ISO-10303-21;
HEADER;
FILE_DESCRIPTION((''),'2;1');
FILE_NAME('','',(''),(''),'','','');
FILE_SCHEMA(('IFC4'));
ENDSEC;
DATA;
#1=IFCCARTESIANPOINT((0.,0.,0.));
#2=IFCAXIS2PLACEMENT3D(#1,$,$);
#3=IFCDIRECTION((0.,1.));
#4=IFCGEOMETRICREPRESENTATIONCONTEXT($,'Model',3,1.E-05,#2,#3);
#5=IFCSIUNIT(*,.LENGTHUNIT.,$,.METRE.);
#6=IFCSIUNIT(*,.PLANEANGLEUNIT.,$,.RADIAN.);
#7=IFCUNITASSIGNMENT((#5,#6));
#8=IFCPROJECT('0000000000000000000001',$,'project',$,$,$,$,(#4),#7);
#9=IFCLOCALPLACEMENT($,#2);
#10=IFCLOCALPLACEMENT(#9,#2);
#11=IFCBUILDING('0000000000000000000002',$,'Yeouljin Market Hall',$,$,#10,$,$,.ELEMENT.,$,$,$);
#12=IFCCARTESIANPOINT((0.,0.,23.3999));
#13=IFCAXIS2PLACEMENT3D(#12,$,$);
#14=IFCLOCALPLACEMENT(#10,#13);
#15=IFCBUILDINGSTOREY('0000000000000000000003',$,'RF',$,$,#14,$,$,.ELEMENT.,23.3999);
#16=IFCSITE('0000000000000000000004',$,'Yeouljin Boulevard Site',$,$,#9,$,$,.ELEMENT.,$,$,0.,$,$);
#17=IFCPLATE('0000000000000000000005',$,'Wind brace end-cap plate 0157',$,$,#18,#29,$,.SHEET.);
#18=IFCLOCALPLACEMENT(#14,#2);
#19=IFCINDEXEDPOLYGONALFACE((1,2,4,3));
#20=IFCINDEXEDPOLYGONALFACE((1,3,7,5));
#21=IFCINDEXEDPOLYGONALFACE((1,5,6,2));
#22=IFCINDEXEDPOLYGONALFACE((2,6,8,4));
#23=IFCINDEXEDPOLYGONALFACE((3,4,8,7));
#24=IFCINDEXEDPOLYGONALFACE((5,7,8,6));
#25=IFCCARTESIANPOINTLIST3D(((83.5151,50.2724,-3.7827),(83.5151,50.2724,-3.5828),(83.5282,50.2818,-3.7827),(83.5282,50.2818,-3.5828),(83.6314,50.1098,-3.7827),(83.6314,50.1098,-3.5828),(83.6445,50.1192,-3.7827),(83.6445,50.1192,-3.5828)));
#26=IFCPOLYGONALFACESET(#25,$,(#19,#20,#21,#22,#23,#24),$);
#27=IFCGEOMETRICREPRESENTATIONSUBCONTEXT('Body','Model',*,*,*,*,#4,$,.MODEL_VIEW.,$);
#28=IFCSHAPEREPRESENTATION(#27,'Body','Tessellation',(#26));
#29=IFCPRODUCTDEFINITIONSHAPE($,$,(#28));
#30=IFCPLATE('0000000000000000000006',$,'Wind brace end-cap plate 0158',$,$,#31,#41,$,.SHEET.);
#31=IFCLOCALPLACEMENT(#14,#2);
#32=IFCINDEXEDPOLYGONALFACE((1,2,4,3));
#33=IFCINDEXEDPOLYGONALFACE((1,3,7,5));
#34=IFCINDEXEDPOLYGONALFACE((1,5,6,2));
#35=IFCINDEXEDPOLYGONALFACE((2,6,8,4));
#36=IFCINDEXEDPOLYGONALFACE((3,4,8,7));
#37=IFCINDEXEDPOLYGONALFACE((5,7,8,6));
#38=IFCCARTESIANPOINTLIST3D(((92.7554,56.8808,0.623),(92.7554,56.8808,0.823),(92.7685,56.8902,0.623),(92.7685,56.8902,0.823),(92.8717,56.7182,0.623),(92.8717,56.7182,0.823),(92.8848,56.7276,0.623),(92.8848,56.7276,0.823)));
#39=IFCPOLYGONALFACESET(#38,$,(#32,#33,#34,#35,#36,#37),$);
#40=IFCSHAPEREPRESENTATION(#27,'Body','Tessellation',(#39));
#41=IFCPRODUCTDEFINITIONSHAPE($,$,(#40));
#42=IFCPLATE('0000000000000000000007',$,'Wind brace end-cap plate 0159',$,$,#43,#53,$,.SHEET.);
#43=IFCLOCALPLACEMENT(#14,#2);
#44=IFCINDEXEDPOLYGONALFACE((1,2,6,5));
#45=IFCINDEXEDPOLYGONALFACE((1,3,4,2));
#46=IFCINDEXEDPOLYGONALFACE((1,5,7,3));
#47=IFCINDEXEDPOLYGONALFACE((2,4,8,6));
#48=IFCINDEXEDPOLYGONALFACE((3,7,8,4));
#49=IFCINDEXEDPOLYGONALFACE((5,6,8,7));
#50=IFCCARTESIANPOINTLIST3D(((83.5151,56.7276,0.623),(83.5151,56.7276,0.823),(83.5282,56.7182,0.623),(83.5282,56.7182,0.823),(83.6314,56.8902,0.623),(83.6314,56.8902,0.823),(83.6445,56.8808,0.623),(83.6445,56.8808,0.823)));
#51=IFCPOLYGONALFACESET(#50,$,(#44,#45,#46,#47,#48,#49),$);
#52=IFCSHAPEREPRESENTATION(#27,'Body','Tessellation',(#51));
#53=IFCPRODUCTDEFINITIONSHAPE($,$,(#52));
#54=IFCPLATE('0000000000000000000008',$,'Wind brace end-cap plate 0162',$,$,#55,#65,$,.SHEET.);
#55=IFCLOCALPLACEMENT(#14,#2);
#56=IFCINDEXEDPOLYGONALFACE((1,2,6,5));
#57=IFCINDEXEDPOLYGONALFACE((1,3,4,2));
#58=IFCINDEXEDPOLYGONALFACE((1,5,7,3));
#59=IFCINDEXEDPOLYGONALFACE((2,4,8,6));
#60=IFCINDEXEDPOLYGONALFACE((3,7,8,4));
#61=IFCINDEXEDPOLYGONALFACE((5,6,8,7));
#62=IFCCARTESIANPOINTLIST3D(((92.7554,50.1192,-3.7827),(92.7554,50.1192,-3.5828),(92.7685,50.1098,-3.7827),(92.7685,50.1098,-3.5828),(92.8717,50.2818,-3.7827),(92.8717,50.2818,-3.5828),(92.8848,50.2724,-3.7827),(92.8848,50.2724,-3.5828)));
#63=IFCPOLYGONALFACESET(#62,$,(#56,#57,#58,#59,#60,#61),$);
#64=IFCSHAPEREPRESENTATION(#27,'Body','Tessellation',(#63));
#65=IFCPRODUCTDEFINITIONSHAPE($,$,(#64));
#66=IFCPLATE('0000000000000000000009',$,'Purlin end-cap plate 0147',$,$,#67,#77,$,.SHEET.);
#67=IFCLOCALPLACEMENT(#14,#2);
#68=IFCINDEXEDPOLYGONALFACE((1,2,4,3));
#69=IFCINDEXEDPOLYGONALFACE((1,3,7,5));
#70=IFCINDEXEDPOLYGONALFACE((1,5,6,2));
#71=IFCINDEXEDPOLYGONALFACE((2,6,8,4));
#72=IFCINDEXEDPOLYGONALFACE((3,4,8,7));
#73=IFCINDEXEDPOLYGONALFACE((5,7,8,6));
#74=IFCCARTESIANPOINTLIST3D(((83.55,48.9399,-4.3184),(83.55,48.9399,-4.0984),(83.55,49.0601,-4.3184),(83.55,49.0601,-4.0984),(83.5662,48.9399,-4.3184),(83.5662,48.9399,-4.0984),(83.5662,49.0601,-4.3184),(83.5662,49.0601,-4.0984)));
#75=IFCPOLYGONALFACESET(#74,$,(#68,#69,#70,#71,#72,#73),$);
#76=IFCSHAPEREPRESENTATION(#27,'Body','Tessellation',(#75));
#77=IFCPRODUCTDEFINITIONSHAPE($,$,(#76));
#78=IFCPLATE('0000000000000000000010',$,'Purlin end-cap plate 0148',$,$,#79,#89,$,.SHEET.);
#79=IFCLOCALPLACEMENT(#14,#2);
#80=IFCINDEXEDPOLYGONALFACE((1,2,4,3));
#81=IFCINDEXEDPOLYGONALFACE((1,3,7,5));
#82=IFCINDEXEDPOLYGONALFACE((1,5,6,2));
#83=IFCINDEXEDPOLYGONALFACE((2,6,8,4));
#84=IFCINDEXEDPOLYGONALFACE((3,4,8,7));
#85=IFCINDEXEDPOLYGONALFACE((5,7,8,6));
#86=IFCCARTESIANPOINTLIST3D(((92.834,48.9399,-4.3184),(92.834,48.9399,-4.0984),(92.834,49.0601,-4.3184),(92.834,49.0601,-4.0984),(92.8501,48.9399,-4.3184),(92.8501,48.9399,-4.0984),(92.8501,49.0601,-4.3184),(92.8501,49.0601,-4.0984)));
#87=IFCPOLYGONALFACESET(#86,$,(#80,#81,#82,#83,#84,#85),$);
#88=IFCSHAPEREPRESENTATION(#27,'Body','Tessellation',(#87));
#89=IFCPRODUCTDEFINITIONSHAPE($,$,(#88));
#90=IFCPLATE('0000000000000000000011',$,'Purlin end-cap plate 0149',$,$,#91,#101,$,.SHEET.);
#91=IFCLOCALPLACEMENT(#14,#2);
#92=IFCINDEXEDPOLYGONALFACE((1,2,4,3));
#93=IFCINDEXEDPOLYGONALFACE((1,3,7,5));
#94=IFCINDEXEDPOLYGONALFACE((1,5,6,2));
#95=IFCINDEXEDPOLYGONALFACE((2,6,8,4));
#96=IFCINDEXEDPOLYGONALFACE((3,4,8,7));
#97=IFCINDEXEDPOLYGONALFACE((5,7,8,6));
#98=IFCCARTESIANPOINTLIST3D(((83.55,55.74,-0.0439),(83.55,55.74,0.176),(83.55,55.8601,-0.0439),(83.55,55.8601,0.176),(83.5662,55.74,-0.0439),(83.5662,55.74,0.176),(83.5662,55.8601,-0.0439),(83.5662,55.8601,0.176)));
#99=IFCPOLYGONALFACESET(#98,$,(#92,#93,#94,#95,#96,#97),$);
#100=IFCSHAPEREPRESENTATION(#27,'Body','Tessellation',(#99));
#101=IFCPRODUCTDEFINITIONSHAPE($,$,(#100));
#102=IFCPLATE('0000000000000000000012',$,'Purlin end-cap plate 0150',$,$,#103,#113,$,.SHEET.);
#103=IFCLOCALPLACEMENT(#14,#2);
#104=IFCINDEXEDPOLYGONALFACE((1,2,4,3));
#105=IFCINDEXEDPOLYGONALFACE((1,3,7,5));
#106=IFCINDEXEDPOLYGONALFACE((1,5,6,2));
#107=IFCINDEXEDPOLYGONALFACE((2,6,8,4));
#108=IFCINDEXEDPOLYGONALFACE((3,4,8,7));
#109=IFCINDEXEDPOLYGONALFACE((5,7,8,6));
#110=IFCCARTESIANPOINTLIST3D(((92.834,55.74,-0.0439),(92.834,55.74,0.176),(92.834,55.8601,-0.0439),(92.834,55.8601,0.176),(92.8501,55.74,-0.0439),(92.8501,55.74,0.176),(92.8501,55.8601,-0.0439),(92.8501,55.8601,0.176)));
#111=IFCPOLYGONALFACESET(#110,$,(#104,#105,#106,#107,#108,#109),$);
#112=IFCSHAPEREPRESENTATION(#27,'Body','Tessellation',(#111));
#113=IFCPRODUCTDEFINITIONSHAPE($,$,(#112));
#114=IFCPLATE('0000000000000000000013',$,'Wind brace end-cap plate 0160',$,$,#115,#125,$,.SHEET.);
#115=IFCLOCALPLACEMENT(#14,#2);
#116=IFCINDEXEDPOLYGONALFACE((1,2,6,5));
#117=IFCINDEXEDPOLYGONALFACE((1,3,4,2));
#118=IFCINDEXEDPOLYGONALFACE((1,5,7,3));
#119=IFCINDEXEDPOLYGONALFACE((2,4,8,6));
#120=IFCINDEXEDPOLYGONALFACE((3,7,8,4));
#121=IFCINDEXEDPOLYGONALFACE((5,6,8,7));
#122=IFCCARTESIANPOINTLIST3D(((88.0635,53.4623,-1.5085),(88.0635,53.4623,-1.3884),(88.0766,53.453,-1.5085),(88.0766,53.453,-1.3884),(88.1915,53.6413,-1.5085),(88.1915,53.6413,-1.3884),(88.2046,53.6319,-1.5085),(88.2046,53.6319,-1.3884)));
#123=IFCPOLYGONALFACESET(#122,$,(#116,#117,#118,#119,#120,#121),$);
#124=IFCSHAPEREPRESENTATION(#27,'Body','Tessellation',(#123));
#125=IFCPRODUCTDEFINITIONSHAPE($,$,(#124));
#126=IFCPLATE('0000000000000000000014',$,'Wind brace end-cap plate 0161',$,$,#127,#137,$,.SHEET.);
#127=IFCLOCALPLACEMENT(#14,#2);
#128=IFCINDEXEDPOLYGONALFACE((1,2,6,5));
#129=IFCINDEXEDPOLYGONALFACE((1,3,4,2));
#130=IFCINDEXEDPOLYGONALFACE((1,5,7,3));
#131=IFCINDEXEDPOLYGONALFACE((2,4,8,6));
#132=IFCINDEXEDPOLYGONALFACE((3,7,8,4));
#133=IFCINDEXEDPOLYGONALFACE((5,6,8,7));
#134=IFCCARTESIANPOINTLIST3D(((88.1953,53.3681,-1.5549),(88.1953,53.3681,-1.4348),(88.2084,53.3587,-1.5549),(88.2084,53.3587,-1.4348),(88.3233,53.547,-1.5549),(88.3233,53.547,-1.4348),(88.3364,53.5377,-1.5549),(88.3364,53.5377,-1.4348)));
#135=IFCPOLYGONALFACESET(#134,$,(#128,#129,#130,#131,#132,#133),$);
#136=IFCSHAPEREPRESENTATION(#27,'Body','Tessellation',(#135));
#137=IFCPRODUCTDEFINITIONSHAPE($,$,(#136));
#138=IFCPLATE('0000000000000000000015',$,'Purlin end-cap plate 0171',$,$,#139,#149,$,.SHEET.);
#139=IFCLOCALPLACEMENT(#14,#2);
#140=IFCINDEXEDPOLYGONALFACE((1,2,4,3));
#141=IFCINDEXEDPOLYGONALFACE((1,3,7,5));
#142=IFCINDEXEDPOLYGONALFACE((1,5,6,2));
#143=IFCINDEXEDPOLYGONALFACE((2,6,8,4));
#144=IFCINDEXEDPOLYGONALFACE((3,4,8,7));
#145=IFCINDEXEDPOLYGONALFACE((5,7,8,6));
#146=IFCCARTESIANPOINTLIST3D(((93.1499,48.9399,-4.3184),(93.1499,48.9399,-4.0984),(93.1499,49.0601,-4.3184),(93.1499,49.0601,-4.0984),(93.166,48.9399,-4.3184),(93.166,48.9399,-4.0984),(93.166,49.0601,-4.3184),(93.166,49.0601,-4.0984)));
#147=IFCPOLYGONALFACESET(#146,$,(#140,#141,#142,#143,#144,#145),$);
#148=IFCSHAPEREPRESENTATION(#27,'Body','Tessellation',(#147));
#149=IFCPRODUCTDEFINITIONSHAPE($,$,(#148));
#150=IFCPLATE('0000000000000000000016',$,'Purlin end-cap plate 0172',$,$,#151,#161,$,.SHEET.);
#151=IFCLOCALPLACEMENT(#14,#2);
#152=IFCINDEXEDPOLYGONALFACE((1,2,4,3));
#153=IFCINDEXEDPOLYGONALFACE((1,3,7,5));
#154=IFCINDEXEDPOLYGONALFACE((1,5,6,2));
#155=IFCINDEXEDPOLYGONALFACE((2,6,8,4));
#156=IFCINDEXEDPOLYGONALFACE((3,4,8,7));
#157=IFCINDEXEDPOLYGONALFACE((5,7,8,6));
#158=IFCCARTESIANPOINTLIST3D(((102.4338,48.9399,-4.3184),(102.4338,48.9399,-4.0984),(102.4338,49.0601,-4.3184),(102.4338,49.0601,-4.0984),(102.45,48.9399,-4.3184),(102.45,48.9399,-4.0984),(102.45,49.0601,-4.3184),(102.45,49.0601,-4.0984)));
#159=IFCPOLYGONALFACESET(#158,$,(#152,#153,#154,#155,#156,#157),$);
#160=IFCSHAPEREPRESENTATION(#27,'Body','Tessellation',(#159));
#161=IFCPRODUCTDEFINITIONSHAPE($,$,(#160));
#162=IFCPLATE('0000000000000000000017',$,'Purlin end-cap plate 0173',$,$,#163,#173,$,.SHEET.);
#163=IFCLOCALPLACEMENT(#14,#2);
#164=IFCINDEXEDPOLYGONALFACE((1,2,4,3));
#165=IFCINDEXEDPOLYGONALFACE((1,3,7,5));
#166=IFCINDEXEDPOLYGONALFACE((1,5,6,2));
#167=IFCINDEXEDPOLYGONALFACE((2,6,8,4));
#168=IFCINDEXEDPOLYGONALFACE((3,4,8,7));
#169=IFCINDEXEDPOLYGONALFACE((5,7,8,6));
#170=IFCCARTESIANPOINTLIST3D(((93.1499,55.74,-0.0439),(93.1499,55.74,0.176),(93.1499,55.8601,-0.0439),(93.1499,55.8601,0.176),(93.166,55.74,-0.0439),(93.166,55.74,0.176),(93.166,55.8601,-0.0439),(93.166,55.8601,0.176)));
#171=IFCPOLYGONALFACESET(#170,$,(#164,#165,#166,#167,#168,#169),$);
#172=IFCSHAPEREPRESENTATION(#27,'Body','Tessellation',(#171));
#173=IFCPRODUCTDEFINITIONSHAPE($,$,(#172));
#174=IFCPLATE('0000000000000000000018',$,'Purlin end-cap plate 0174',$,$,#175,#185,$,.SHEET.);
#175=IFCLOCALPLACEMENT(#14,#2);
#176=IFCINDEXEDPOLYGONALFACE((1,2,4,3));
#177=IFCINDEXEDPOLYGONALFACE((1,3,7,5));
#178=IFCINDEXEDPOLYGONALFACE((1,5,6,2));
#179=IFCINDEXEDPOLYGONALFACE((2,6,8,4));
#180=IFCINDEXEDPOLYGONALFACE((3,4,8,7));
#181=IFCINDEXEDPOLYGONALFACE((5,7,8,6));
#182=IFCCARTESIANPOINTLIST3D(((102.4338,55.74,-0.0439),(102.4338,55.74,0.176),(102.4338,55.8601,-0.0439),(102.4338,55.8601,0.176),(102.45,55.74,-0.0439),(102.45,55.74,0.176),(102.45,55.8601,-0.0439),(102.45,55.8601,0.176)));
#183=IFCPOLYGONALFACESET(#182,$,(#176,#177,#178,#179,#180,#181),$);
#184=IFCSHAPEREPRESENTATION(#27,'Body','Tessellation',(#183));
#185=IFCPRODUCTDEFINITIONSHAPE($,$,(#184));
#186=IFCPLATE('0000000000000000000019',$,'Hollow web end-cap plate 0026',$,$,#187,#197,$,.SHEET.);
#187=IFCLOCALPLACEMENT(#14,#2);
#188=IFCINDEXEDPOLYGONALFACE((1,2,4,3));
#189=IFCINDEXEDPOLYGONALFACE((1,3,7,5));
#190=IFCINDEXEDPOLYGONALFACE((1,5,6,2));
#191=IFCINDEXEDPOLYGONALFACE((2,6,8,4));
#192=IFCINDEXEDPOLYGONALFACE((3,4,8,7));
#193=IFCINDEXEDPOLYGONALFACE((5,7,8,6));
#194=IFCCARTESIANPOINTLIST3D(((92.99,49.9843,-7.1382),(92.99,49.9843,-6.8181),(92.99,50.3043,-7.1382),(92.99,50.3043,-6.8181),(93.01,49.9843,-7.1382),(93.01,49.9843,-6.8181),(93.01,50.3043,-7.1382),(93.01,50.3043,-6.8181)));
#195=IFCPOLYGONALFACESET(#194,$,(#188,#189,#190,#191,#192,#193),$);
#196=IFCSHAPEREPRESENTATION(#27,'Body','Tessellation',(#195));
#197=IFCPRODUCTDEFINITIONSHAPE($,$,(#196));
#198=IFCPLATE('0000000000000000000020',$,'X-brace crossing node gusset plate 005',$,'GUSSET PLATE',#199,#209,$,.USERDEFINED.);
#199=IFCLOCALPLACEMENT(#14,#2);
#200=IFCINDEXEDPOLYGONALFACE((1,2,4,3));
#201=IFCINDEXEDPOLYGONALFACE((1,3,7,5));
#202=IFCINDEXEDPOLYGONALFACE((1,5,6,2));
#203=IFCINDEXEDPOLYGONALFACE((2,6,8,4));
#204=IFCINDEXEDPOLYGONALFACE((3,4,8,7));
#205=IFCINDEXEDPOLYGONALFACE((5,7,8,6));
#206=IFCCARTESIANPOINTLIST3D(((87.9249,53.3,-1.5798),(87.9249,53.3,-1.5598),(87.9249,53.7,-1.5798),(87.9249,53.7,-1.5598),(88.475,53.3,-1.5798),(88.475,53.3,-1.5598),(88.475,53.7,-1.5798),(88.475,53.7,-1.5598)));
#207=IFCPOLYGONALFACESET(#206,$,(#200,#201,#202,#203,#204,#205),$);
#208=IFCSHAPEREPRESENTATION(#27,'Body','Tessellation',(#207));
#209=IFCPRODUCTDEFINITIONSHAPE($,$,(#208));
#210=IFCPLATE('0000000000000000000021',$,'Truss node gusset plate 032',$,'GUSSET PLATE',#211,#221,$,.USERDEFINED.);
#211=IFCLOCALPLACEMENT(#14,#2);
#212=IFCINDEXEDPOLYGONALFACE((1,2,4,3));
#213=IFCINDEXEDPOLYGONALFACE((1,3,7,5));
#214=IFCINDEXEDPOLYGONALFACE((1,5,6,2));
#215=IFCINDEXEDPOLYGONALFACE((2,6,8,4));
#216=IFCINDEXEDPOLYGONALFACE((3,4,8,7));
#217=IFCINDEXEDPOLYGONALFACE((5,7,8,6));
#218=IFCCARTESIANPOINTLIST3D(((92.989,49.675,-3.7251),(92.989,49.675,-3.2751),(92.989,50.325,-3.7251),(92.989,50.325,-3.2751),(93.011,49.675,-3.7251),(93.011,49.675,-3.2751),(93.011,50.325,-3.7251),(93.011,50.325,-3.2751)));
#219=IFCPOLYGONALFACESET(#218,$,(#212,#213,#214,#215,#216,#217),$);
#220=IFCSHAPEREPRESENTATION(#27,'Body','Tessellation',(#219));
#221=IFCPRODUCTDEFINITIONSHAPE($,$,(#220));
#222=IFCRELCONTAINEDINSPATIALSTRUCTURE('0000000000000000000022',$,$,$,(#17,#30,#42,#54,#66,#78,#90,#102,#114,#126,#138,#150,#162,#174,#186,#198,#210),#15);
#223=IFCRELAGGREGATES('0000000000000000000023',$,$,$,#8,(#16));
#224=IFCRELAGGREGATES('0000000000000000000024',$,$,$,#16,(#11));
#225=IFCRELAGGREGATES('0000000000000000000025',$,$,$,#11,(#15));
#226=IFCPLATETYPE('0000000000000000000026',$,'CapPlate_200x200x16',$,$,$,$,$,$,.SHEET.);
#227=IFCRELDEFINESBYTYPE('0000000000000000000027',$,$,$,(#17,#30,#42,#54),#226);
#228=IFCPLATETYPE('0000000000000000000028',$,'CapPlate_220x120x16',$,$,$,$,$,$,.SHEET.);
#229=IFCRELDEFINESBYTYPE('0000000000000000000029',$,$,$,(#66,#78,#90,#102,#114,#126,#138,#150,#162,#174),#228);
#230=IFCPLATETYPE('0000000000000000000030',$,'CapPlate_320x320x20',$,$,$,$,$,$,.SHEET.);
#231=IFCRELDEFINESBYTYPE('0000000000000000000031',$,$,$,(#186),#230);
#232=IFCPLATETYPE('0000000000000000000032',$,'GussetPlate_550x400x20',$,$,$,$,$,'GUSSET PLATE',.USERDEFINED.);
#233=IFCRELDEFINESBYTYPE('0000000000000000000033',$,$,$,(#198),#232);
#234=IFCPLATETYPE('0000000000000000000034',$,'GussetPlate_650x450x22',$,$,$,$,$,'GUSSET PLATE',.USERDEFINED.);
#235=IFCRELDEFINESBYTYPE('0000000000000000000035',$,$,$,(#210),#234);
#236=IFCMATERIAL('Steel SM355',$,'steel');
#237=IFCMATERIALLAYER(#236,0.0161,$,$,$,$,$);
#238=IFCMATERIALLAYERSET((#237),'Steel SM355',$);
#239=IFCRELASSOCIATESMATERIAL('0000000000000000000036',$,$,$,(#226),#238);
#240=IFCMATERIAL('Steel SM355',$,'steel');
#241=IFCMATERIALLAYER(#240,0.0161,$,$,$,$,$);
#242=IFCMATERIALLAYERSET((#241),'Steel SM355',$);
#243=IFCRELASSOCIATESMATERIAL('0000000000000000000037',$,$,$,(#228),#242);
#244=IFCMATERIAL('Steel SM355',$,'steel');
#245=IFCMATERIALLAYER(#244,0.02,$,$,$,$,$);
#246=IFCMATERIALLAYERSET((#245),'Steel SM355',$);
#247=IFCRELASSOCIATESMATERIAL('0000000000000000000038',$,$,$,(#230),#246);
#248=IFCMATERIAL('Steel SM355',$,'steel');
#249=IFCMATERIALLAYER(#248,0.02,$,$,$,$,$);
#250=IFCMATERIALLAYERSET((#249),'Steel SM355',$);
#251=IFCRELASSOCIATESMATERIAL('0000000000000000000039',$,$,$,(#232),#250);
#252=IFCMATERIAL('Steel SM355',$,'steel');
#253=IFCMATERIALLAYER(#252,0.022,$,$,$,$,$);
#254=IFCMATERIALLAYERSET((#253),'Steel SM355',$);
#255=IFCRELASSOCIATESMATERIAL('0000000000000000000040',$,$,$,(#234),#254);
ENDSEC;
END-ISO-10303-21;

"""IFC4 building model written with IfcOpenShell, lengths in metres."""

from ifc_helpers import new_model, si_unit, direction, frame, origin, origin_2d, place, context, subcontext, project, spatial, rectangle, extrude, material, layer, layer_set, type_object, element, save


model = new_model("IFC4")

# Units and contexts
model_context = context("Model", 3, precision=1e-05, world=origin(), true_north=direction((0.0, 1.0)))
body_context = subcontext(model_context, "Body", "Model", "MODEL_VIEW")
ifc_project = project(units=[si_unit("LENGTHUNIT", "METRE"), si_unit("PLANEANGLEUNIT", "RADIAN")], contexts=[model_context])

# Site, building, storey
site_placement = place(None, origin())
site = spatial("IfcSite", under=ifc_project, at=site_placement, Name="Yeouljin Boulevard Site", CompositionType="ELEMENT", RefElevation=0.0)
building_placement = place(site_placement, origin())
building = spatial("IfcBuilding", under=site, at=building_placement, Name="Yeouljin Market Hall", CompositionType="ELEMENT")
storey_placement = place(building_placement, frame((0.0, 0.0, 23.3999)))
storey = spatial("IfcBuildingStorey", under=building, at=storey_placement, Name="RF", CompositionType="ELEMENT", Elevation=23.3999)

# Plates
ifc_material_1 = material(Name="Steel SM355", Category="steel")
ifc_layer_1 = layer(ifc_material_1, 0.0161)
ifc_layer_set_1 = layer_set([ifc_layer_1], Name="Steel SM355")
plate_type_1 = type_object("IfcPlateType", Name="CapPlate_200x200x16", PredefinedType="SHEET", material=ifc_layer_set_1)
for number, where, z_axis, x_axis, name in (
    (1, (83.5798, 50.1958, -3.7827), (0.0, 0.0, 1.0), (-0.581697, 0.813405, 0.0), "Wind brace end-cap plate 0157"),
    (2, (92.8201, 56.8042, 0.623), (0.0, 0.0, 1.0), (-0.581697, 0.813405, 0.0), "Wind brace end-cap plate 0158"),
    (3, (83.5798, 56.8042, 0.623), (0.0, 0.0, 1.0), (0.581697, 0.813405, 0.0), "Wind brace end-cap plate 0159"),
    (4, (92.8201, 50.1958, -3.7827), (0.0, 0.0, 1.0), (0.581697, 0.813405, 0.0), "Wind brace end-cap plate 0162"),
):
    element("IfcPlate", number, at=place(storey_placement, frame(where, z_axis=z_axis, x_axis=x_axis)), inside=storey, type_object=plate_type_1, Name=name, PredefinedType="SHEET", context=body_context, shape_type="SweptSolid", body=[
        extrude(rectangle(XDim=0.2, YDim=0.0161, at=origin_2d()), origin(), (0.0, 0.0, 1.0), 0.2),
    ])
ifc_material_2 = material(Name="Steel SM355", Category="steel")
ifc_layer_2 = layer(ifc_material_2, 0.0161)
ifc_layer_set_2 = layer_set([ifc_layer_2], Name="Steel SM355")
plate_type_2 = type_object("IfcPlateType", Name="CapPlate_220x120x16", PredefinedType="SHEET", material=ifc_layer_set_2)
for number, where, z_axis, x_axis, name in (
    (5, (83.5581, 49.0, -4.3184), (0.0, 0.0, 1.0), (0.0, 1.0, 0.0), "Purlin end-cap plate 0147"),
    (6, (92.842, 49.0, -4.3184), (0.0, 0.0, 1.0), (0.0, 1.0, 0.0), "Purlin end-cap plate 0148"),
    (7, (83.5581, 55.8, -0.0439), (0.0, 0.0, 1.0), (0.0, 1.0, 0.0), "Purlin end-cap plate 0149"),
    (8, (92.842, 55.8, -0.0439), (0.0, 0.0, 1.0), (0.0, 1.0, 0.0), "Purlin end-cap plate 0150"),
):
    element("IfcPlate", number, at=place(storey_placement, frame(where, z_axis=z_axis, x_axis=x_axis)), inside=storey, type_object=plate_type_2, Name=name, PredefinedType="SHEET", context=body_context, shape_type="SweptSolid", body=[
        extrude(rectangle(XDim=0.1201, YDim=0.0161, at=origin_2d()), origin(), (0.0, 0.0, 1.0), 0.22),
    ])
for number, where, z_axis, x_axis, name in (
    (9, (88.134, 53.5471, -1.5085), (0.0, 0.0, 1.0), (0.581697, 0.813405, 0.0), "Wind brace end-cap plate 0160"),
    (10, (88.2659, 53.4529, -1.5549), (0.0, 0.0, 1.0), (0.581697, 0.813405, 0.0), "Wind brace end-cap plate 0161"),
):
    element("IfcPlate", number, at=place(storey_placement, frame(where, z_axis=z_axis, x_axis=x_axis)), inside=storey, type_object=plate_type_2, Name=name, PredefinedType="SHEET", context=body_context, shape_type="SweptSolid", body=[
        extrude(rectangle(XDim=0.22, YDim=0.0161, at=origin_2d()), origin(), (0.0, 0.0, 1.0), 0.1201),
    ])
for number, where, z_axis, x_axis, name in (
    (11, (93.158, 49.0, -4.3184), (0.0, 0.0, 1.0), (0.0, 1.0, 0.0), "Purlin end-cap plate 0171"),
    (12, (102.4419, 49.0, -4.3184), (0.0, 0.0, 1.0), (0.0, 1.0, 0.0), "Purlin end-cap plate 0172"),
    (13, (93.158, 55.8, -0.0439), (0.0, 0.0, 1.0), (0.0, 1.0, 0.0), "Purlin end-cap plate 0173"),
    (14, (102.4419, 55.8, -0.0439), (0.0, 0.0, 1.0), (0.0, 1.0, 0.0), "Purlin end-cap plate 0174"),
):
    element("IfcPlate", number, at=place(storey_placement, frame(where, z_axis=z_axis, x_axis=x_axis)), inside=storey, type_object=plate_type_2, Name=name, PredefinedType="SHEET", context=body_context, shape_type="SweptSolid", body=[
        extrude(rectangle(XDim=0.1201, YDim=0.0161, at=origin_2d()), origin(), (0.0, 0.0, 1.0), 0.22),
    ])
ifc_material_3 = material(Name="Steel SM355", Category="steel")
ifc_layer_3 = layer(ifc_material_3, 0.02)
ifc_layer_set_3 = layer_set([ifc_layer_3], Name="Steel SM355")
plate_type_3 = type_object("IfcPlateType", Name="CapPlate_320x320x20", PredefinedType="SHEET", material=ifc_layer_set_3)
plate_1_placement = place(storey_placement, frame((93.0, 50.1443, -7.1382), z_axis=(0.0, 0.0, 1.0), x_axis=(0.0, 1.0, 0.0)))
element("IfcPlate", 15, at=plate_1_placement, inside=storey, type_object=plate_type_3, Name="Hollow web end-cap plate 0026", PredefinedType="SHEET", context=body_context, shape_type="SweptSolid", body=[
    extrude(rectangle(XDim=0.3201, YDim=0.02, at=origin_2d()), origin(), (0.0, 0.0, 1.0), 0.3201),
])
ifc_material_4 = material(Name="Steel SM355", Category="steel")
ifc_layer_4 = layer(ifc_material_4, 0.02)
ifc_layer_set_4 = layer_set([ifc_layer_4], Name="Steel SM355")
plate_type_4 = type_object("IfcPlateType", Name="GussetPlate_550x400x20", ElementType="GUSSET PLATE", PredefinedType="USERDEFINED", material=ifc_layer_set_4)
plate_2_placement = place(storey_placement, frame((88.2, 53.5, -1.5798), z_axis=(0.0, 0.0, 1.0), x_axis=(1.0, 0.0, 0.0)))
element("IfcPlate", 16, at=plate_2_placement, inside=storey, type_object=plate_type_4, Name="X-brace crossing node gusset plate 005", ObjectType="GUSSET PLATE", PredefinedType="USERDEFINED", context=body_context, shape_type="SweptSolid", body=[
    extrude(rectangle(XDim=0.55, YDim=0.3999, at=origin_2d()), origin(), (0.0, 0.0, 1.0), 0.02),
])
ifc_material_5 = material(Name="Steel SM355", Category="steel")
ifc_layer_5 = layer(ifc_material_5, 0.022)
ifc_layer_set_5 = layer_set([ifc_layer_5], Name="Steel SM355")
plate_type_5 = type_object("IfcPlateType", Name="GussetPlate_650x450x22", ElementType="GUSSET PLATE", PredefinedType="USERDEFINED", material=ifc_layer_set_5)
plate_3_placement = place(storey_placement, frame((93.0, 50.0, -3.7251), z_axis=(0.0, 0.0, 1.0), x_axis=(0.0, 1.0, 0.0)))
element("IfcPlate", 17, at=plate_3_placement, inside=storey, type_object=plate_type_5, Name="Truss node gusset plate 032", ObjectType="GUSSET PLATE", PredefinedType="USERDEFINED", context=body_context, shape_type="SweptSolid", body=[
    extrude(rectangle(XDim=0.6499, YDim=0.022, at=origin_2d()), origin(), (0.0, 0.0, 1.0), 0.45),
])

save(model, "model.ifc")
